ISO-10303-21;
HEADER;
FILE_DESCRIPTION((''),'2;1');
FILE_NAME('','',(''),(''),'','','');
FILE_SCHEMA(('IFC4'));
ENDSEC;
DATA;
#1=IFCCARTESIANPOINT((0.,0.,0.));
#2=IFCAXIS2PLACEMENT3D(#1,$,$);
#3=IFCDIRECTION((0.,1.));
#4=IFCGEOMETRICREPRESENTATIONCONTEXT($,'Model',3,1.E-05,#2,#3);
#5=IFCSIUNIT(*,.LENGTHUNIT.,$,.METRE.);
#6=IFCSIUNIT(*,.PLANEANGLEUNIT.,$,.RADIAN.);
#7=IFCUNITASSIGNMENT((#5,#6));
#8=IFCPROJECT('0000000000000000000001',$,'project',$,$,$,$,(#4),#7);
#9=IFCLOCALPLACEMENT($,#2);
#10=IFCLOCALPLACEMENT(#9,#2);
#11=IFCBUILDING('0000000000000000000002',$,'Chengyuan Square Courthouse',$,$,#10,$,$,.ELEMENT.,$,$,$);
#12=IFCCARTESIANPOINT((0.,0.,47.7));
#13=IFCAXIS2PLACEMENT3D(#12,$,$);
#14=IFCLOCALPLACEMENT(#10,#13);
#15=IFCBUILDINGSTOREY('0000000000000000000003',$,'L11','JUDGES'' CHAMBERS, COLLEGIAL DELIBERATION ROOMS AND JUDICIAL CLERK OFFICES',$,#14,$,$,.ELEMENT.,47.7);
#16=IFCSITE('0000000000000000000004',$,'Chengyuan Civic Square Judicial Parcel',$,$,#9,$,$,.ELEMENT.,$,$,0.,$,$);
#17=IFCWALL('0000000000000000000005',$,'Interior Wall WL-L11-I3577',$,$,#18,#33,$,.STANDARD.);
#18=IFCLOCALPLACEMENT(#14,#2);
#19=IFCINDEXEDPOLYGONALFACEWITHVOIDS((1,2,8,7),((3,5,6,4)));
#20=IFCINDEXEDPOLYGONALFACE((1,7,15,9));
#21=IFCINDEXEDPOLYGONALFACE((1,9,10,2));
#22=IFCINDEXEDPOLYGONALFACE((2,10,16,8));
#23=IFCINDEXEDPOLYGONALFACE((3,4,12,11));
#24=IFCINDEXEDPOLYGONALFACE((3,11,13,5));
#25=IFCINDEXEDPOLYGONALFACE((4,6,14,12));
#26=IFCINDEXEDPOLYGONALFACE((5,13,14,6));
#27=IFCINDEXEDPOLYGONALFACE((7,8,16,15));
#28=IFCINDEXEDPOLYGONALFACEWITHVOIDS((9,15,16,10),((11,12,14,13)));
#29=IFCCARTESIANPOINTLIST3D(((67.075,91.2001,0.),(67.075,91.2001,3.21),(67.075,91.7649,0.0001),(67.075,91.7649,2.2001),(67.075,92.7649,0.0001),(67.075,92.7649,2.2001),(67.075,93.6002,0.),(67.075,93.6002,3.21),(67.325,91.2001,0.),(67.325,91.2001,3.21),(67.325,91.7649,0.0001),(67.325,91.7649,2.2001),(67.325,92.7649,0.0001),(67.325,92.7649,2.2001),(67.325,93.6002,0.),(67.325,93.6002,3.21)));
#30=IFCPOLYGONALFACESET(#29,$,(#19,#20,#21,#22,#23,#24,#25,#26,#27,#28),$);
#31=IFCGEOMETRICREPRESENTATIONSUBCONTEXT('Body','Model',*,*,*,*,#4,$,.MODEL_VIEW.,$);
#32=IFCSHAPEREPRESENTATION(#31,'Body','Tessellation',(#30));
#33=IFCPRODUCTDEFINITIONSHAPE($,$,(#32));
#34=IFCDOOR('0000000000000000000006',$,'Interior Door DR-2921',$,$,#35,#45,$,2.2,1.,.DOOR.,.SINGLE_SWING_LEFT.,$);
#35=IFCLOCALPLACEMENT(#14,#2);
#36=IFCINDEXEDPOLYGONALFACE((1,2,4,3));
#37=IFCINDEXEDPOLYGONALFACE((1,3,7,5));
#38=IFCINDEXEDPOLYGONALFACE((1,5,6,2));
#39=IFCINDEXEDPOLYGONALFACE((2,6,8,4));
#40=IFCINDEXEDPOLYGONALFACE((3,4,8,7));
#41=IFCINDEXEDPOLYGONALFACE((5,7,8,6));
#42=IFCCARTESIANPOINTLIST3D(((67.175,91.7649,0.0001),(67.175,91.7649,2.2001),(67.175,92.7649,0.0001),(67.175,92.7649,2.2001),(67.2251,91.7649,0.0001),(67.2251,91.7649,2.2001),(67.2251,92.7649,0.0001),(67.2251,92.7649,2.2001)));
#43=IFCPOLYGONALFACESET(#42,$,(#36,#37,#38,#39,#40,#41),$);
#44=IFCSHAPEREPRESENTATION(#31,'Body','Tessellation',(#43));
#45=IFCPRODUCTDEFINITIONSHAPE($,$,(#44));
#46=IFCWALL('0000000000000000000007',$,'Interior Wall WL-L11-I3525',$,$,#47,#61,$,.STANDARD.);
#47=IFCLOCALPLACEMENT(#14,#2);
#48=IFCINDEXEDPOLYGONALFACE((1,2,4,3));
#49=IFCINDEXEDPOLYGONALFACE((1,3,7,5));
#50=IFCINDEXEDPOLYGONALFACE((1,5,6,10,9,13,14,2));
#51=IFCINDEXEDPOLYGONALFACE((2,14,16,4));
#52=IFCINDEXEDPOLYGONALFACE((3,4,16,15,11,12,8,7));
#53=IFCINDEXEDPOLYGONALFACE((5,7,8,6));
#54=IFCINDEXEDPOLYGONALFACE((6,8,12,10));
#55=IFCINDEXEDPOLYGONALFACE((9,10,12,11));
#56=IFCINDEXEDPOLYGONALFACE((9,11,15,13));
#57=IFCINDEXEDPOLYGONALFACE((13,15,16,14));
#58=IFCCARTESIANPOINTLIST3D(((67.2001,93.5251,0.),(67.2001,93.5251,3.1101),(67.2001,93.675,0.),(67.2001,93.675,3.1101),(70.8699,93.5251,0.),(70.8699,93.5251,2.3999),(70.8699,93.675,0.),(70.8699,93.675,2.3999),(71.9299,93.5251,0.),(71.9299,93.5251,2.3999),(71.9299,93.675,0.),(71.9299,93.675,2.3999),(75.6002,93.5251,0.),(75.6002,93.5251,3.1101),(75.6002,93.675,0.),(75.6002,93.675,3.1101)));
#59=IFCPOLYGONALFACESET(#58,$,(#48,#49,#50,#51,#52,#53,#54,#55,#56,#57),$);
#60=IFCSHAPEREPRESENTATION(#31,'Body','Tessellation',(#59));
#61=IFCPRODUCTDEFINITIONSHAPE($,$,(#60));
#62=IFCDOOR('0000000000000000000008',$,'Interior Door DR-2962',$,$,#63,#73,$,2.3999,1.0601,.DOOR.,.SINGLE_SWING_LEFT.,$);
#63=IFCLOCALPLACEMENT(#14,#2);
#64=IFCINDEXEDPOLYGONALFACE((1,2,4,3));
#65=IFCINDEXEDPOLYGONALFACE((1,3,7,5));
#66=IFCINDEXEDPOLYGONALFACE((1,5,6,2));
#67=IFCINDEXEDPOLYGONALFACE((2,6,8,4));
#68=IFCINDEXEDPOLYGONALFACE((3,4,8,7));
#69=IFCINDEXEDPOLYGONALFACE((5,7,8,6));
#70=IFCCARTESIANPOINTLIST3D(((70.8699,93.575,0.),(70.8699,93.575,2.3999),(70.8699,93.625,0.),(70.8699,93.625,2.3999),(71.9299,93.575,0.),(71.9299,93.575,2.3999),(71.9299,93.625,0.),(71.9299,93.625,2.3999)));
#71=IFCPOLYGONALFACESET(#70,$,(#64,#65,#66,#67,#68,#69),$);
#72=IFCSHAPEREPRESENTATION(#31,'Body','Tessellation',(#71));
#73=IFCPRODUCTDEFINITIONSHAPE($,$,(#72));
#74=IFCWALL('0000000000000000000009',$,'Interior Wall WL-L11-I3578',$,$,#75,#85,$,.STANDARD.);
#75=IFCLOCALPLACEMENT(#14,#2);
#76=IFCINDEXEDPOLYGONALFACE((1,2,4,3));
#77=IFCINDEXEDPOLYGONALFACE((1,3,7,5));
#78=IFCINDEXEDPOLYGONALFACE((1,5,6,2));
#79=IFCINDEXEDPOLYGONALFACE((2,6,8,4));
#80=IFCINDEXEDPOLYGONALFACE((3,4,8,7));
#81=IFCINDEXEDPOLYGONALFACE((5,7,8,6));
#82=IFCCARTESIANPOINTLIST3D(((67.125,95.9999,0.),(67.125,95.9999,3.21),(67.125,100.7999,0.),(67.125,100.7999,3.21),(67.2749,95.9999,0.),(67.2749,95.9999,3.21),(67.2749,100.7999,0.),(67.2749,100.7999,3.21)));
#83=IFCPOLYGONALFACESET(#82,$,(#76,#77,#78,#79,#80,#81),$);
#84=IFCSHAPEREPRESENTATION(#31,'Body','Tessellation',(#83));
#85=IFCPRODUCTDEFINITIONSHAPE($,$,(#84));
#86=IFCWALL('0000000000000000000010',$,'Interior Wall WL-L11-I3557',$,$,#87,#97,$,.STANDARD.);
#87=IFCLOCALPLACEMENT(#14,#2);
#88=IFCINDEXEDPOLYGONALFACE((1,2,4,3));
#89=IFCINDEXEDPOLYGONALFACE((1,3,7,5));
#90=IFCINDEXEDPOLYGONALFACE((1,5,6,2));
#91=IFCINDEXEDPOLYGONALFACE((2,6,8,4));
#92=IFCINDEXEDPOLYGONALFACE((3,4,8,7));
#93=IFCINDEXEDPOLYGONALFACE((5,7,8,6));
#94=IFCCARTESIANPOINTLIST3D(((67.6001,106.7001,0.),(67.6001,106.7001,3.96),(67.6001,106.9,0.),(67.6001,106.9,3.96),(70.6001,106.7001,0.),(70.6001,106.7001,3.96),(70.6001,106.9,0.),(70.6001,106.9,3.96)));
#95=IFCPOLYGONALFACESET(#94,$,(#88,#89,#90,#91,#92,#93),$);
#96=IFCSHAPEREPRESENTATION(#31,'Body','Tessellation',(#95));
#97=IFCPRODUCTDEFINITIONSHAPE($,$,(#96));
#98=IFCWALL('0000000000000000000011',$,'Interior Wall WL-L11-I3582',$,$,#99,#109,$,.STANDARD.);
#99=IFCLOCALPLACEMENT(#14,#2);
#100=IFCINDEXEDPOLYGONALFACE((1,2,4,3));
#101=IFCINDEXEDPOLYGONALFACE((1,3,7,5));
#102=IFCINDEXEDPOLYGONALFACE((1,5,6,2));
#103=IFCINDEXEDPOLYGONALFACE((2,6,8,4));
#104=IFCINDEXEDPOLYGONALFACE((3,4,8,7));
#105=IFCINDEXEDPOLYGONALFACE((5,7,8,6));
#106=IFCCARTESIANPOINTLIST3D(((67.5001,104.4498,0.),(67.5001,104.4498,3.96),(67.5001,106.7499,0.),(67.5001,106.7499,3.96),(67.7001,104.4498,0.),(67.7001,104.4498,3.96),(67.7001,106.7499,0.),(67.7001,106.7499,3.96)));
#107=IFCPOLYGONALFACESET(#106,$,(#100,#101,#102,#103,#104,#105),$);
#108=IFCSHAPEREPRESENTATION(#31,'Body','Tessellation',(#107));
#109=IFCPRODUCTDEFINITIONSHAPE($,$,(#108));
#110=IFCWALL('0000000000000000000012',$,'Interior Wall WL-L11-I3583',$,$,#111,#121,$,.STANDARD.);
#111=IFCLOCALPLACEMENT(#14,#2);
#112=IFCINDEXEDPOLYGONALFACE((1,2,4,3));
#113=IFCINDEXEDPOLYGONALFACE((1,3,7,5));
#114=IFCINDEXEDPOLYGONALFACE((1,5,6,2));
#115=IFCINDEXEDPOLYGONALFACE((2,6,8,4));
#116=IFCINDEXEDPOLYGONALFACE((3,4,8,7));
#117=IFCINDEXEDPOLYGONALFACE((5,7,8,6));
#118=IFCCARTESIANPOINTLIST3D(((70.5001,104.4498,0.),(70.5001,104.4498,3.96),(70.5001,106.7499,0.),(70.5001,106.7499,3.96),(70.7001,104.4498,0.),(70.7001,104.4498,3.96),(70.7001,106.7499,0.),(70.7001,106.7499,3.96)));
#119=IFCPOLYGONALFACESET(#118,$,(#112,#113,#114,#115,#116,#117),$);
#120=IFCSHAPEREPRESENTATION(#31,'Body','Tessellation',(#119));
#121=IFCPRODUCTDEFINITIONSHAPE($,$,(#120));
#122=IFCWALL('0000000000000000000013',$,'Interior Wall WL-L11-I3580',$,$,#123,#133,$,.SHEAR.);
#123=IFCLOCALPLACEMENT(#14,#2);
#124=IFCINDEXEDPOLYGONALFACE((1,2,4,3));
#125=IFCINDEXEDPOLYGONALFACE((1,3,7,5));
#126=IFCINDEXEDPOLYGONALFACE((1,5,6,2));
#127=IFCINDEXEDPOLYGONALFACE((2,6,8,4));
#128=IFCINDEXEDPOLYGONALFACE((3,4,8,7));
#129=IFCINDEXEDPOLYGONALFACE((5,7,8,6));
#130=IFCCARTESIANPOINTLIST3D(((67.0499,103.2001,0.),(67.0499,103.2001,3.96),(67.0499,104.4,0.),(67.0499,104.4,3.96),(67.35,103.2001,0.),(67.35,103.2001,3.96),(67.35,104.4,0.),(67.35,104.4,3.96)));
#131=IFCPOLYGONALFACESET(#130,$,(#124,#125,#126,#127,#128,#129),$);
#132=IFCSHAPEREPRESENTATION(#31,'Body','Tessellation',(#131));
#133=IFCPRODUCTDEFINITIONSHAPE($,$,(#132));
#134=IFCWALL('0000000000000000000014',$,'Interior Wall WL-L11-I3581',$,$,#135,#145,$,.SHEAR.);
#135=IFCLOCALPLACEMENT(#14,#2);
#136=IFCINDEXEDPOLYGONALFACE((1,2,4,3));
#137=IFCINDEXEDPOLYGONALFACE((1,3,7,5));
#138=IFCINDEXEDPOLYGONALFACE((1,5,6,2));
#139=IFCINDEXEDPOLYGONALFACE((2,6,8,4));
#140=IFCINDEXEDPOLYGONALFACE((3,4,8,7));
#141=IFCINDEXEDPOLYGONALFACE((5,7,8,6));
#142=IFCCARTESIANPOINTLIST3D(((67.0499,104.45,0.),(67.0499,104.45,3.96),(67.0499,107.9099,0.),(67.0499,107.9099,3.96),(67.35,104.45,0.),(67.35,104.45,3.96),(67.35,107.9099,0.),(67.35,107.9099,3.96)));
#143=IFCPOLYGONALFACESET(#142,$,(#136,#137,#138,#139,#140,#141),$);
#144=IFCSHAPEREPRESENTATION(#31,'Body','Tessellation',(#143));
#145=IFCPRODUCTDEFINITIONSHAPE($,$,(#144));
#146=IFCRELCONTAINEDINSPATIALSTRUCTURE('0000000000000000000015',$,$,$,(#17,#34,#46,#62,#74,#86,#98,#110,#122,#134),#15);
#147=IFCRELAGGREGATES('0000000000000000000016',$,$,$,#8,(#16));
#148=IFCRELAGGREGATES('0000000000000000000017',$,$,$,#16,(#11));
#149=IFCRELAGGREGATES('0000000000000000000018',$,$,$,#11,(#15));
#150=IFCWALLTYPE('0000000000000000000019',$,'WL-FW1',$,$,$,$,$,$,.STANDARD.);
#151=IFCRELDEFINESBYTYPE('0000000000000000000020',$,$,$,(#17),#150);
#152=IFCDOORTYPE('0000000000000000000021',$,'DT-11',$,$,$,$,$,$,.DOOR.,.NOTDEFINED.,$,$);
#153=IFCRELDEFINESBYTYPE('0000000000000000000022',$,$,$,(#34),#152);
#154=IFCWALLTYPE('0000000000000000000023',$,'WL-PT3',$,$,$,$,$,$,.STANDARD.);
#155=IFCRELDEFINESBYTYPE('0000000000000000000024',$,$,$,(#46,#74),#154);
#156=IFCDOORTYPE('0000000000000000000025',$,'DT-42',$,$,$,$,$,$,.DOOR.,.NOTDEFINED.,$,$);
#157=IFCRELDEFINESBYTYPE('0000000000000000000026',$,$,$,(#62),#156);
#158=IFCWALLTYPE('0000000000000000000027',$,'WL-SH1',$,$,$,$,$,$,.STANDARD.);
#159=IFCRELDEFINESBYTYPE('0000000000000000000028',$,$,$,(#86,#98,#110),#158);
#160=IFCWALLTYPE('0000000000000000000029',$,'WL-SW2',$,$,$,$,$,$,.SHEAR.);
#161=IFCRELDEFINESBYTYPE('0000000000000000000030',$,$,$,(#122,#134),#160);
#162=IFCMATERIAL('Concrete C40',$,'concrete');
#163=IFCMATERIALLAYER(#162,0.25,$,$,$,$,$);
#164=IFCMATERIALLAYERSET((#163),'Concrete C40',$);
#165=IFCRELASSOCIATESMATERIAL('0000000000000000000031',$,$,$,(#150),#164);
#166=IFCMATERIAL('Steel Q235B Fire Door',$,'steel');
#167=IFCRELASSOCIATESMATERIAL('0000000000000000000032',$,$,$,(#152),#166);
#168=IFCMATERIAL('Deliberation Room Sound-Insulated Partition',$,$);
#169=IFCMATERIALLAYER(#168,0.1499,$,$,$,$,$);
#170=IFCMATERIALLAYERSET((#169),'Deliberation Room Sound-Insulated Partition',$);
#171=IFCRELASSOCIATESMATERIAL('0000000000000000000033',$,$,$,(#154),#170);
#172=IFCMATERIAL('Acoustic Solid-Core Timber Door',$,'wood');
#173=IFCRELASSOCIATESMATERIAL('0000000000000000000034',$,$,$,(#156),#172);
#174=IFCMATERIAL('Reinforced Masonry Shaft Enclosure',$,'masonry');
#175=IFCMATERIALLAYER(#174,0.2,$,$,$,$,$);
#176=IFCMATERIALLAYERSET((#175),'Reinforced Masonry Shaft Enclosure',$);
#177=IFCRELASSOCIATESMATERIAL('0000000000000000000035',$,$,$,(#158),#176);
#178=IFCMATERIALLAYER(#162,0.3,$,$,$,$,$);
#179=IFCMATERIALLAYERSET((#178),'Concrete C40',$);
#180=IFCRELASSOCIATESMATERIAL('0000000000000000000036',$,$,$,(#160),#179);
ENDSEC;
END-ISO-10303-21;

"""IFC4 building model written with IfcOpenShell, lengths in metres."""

from ifc_helpers import new_model, si_unit, direction, frame, frame_2d, origin, place, context, subcontext, project, spatial, rectangle, extrude, material, layer, layer_set, type_object, element, fill, save


model = new_model("IFC4")

# Units and contexts
model_context = context("Model", 3, precision=1e-05, world=origin(), true_north=direction((0.0, 1.0)))
body_context = subcontext(model_context, "Body", "Model", "MODEL_VIEW")
ifc_project = project(units=[si_unit("LENGTHUNIT", "METRE"), si_unit("PLANEANGLEUNIT", "RADIAN")], contexts=[model_context])

# Site, building, storey
site_placement = place(None, origin())
site = spatial("IfcSite", under=ifc_project, at=site_placement, Name="Chengyuan Civic Square Judicial Parcel", CompositionType="ELEMENT", RefElevation=0.0)
building_placement = place(site_placement, origin())
building = spatial("IfcBuilding", under=site, at=building_placement, Name="Chengyuan Square Courthouse", CompositionType="ELEMENT")
storey_placement = place(building_placement, frame((0.0, 0.0, 47.7)))
storey = spatial("IfcBuildingStorey", under=building, at=storey_placement, Name="L11", Description="JUDGES' CHAMBERS, COLLEGIAL DELIBERATION ROOMS AND JUDICIAL CLERK OFFICES", CompositionType="ELEMENT", Elevation=47.7)

# Shared definitions
ifc_material_1 = material(Name="Concrete C40", Category="concrete")

# Walls, openings, doors
ifc_layer_1 = layer(ifc_material_1, 0.25)
ifc_layer_set_1 = layer_set([ifc_layer_1], Name="Concrete C40")
wall_type_1 = type_object("IfcWallType", Name="WL-FW1", PredefinedType="STANDARD", material=ifc_layer_set_1)
wall_1_placement = place(storey_placement, frame((67.2, 91.2, 0.0), z_axis=(0.0, 0.0, 1.0), x_axis=(0.0, 1.0, 0.0)))
wall_1 = element("IfcWall", 1, at=wall_1_placement, inside=storey, type_object=wall_type_1, Name="Interior Wall WL-L11-I3577", PredefinedType="STANDARD", context=body_context, shape_type="SweptSolid", body=[
    extrude(rectangle(XDim=2.4001, YDim=0.25, at=frame_2d((1.2002, 0.0))), origin(), (0.0, 0.0, 1.0), 3.21),
])
opening_1_placement = place(wall_1_placement, frame((0.5649, 0.0, 0.0)))
opening_1 = element("IfcOpeningElement", 2, at=opening_1_placement, cuts=wall_1, PredefinedType="OPENING", context=body_context, shape_type="SweptSolid", body=[
    extrude(rectangle(XDim=1.0, YDim=2.2, at=frame_2d((0.5, 1.1001))), frame((0.0, 0.137, 0.0), z_axis=(0.0, -1.0, 0.0), x_axis=(1.0, 0.0, 0.0)), (0.0, 0.0, 1.0), 0.2739),
])
ifc_material_2 = material(Name="Steel Q235B Fire Door", Category="steel")
door_type_1 = type_object("IfcDoorType", Name="DT-11", OperationType="NOTDEFINED", PredefinedType="DOOR", material=ifc_material_2)
door_1_placement = place(opening_1_placement, origin())
door_1 = element("IfcDoor", 3, at=door_1_placement, inside=storey, type_object=door_type_1, Name="Interior Door DR-2921", OperationType="SINGLE_SWING_LEFT", OverallHeight=2.2, OverallWidth=1.0, PredefinedType="DOOR", context=body_context, shape_type="SweptSolid", body=[
    extrude(rectangle(XDim=1.0, YDim=2.2, at=frame_2d((0.5, 1.1001))), frame((0.0, 0.0249, 0.0), z_axis=(0.0, -1.0, 0.0), x_axis=(1.0, 0.0, 0.0)), (0.0, 0.0, 1.0), 0.05),
])
fill(opening_1, door_1)
ifc_material_3 = material(Name="Deliberation Room Sound-Insulated Partition")
ifc_layer_2 = layer(ifc_material_3, 0.1499)
ifc_layer_set_2 = layer_set([ifc_layer_2], Name="Deliberation Room Sound-Insulated Partition")
wall_type_2 = type_object("IfcWallType", Name="WL-PT3", PredefinedType="STANDARD", material=ifc_layer_set_2)
wall_2_placement = place(storey_placement, frame((67.2, 93.6001, 0.0), z_axis=(0.0, 0.0, 1.0), x_axis=(1.0, 0.0, 0.0)))
wall_2 = element("IfcWall", 4, at=wall_2_placement, inside=storey, type_object=wall_type_2, Name="Interior Wall WL-L11-I3525", PredefinedType="STANDARD", context=body_context, shape_type="SweptSolid", body=[
    extrude(rectangle(XDim=8.4001, YDim=0.1499, at=frame_2d((4.2002, 0.0))), origin(), (0.0, 0.0, 1.0), 3.1101),
])
opening_2_placement = place(wall_2_placement, frame((3.6699, 0.0, 0.0)))
opening_2 = element("IfcOpeningElement", 5, at=opening_2_placement, cuts=wall_2, PredefinedType="OPENING", context=body_context, shape_type="SweptSolid", body=[
    extrude(rectangle(XDim=1.0601, YDim=2.3999, at=frame_2d((0.53, 1.2))), frame((0.0, 0.0869, 0.0), z_axis=(0.0, -1.0, 0.0), x_axis=(1.0, 0.0, 0.0)), (0.0, 0.0, 1.0), 0.1738),
])
ifc_material_4 = material(Name="Acoustic Solid-Core Timber Door", Category="wood")
door_type_2 = type_object("IfcDoorType", Name="DT-42", OperationType="NOTDEFINED", PredefinedType="DOOR", material=ifc_material_4)
door_2_placement = place(opening_2_placement, origin())
door_2 = element("IfcDoor", 6, at=door_2_placement, inside=storey, type_object=door_type_2, Name="Interior Door DR-2962", OperationType="SINGLE_SWING_LEFT", OverallHeight=2.3999, OverallWidth=1.0601, PredefinedType="DOOR", context=body_context, shape_type="SweptSolid", body=[
    extrude(rectangle(XDim=1.0601, YDim=2.3999, at=frame_2d((0.53, 1.2))), frame((0.0, 0.0249, 0.0), z_axis=(0.0, -1.0, 0.0), x_axis=(1.0, 0.0, 0.0)), (0.0, 0.0, 1.0), 0.05),
])
fill(opening_2, door_2)

# Wall
wall_3_placement = place(storey_placement, frame((67.2, 96.0, 0.0), z_axis=(0.0, 0.0, 1.0), x_axis=(0.0, 1.0, 0.0)))
element("IfcWall", 7, at=wall_3_placement, inside=storey, type_object=wall_type_2, Name="Interior Wall WL-L11-I3578", PredefinedType="STANDARD", context=body_context, shape_type="SweptSolid", body=[
    extrude(rectangle(XDim=4.8, YDim=0.1499, at=frame_2d((2.3999, 0.0))), origin(), (0.0, 0.0, 1.0), 3.21),
])

# Shared definitions
ifc_material_5 = material(Name="Reinforced Masonry Shaft Enclosure", Category="masonry")
ifc_layer_3 = layer(ifc_material_5, 0.2)
ifc_layer_set_3 = layer_set([ifc_layer_3], Name="Reinforced Masonry Shaft Enclosure")
wall_type_3 = type_object("IfcWallType", Name="WL-SH1", PredefinedType="STANDARD", material=ifc_layer_set_3)

# Walls
wall_4_placement = place(storey_placement, frame((67.6001, 106.8, 0.0), z_axis=(0.0, 0.0, 1.0), x_axis=(1.0, 0.0, 0.0)))
element("IfcWall", 8, at=wall_4_placement, inside=storey, type_object=wall_type_3, Name="Interior Wall WL-L11-I3557", PredefinedType="STANDARD", context=body_context, shape_type="SweptSolid", body=[
    extrude(rectangle(XDim=3.0, YDim=0.2, at=frame_2d((1.5, 0.0))), origin(), (0.0, 0.0, 1.0), 3.96),
])
for number, where, z_axis, x_axis, name in (
    (9, (67.6001, 104.45, 0.0), (0.0, 0.0, 1.0), (0.0, 1.0, 0.0), "Interior Wall WL-L11-I3582"),
    (10, (70.6001, 104.45, 0.0), (0.0, 0.0, 1.0), (0.0, 1.0, 0.0), "Interior Wall WL-L11-I3583"),
):
    element("IfcWall", number, at=place(storey_placement, frame(where, z_axis=z_axis, x_axis=x_axis)), inside=storey, type_object=wall_type_3, Name=name, PredefinedType="STANDARD", context=body_context, shape_type="SweptSolid", body=[
        extrude(rectangle(XDim=2.3, YDim=0.2, at=frame_2d((1.1499, 0.0))), origin(), (0.0, 0.0, 1.0), 3.96),
    ])
ifc_layer_4 = layer(ifc_material_1, 0.3)
ifc_layer_set_4 = layer_set([ifc_layer_4], Name="Concrete C40")
wall_type_4 = type_object("IfcWallType", Name="WL-SW2", PredefinedType="SHEAR", material=ifc_layer_set_4)
wall_5_placement = place(storey_placement, frame((67.2, 103.2, 0.0), z_axis=(0.0, 0.0, 1.0), x_axis=(0.0, 1.0, 0.0)))
element("IfcWall", 11, at=wall_5_placement, inside=storey, type_object=wall_type_4, Name="Interior Wall WL-L11-I3580", PredefinedType="SHEAR", context=body_context, shape_type="SweptSolid", body=[
    extrude(rectangle(XDim=1.2, YDim=0.3, at=frame_2d((0.6001, 0.0))), origin(), (0.0, 0.0, 1.0), 3.96),
])
wall_6_placement = place(storey_placement, frame((67.2, 104.45, 0.0), z_axis=(0.0, 0.0, 1.0), x_axis=(0.0, 1.0, 0.0)))
element("IfcWall", 12, at=wall_6_placement, inside=storey, type_object=wall_type_4, Name="Interior Wall WL-L11-I3581", PredefinedType="SHEAR", context=body_context, shape_type="SweptSolid", body=[
    extrude(rectangle(XDim=3.46, YDim=0.3, at=frame_2d((1.73, 0.0))), origin(), (0.0, 0.0, 1.0), 3.96),
])

save(model, "model.ifc")
